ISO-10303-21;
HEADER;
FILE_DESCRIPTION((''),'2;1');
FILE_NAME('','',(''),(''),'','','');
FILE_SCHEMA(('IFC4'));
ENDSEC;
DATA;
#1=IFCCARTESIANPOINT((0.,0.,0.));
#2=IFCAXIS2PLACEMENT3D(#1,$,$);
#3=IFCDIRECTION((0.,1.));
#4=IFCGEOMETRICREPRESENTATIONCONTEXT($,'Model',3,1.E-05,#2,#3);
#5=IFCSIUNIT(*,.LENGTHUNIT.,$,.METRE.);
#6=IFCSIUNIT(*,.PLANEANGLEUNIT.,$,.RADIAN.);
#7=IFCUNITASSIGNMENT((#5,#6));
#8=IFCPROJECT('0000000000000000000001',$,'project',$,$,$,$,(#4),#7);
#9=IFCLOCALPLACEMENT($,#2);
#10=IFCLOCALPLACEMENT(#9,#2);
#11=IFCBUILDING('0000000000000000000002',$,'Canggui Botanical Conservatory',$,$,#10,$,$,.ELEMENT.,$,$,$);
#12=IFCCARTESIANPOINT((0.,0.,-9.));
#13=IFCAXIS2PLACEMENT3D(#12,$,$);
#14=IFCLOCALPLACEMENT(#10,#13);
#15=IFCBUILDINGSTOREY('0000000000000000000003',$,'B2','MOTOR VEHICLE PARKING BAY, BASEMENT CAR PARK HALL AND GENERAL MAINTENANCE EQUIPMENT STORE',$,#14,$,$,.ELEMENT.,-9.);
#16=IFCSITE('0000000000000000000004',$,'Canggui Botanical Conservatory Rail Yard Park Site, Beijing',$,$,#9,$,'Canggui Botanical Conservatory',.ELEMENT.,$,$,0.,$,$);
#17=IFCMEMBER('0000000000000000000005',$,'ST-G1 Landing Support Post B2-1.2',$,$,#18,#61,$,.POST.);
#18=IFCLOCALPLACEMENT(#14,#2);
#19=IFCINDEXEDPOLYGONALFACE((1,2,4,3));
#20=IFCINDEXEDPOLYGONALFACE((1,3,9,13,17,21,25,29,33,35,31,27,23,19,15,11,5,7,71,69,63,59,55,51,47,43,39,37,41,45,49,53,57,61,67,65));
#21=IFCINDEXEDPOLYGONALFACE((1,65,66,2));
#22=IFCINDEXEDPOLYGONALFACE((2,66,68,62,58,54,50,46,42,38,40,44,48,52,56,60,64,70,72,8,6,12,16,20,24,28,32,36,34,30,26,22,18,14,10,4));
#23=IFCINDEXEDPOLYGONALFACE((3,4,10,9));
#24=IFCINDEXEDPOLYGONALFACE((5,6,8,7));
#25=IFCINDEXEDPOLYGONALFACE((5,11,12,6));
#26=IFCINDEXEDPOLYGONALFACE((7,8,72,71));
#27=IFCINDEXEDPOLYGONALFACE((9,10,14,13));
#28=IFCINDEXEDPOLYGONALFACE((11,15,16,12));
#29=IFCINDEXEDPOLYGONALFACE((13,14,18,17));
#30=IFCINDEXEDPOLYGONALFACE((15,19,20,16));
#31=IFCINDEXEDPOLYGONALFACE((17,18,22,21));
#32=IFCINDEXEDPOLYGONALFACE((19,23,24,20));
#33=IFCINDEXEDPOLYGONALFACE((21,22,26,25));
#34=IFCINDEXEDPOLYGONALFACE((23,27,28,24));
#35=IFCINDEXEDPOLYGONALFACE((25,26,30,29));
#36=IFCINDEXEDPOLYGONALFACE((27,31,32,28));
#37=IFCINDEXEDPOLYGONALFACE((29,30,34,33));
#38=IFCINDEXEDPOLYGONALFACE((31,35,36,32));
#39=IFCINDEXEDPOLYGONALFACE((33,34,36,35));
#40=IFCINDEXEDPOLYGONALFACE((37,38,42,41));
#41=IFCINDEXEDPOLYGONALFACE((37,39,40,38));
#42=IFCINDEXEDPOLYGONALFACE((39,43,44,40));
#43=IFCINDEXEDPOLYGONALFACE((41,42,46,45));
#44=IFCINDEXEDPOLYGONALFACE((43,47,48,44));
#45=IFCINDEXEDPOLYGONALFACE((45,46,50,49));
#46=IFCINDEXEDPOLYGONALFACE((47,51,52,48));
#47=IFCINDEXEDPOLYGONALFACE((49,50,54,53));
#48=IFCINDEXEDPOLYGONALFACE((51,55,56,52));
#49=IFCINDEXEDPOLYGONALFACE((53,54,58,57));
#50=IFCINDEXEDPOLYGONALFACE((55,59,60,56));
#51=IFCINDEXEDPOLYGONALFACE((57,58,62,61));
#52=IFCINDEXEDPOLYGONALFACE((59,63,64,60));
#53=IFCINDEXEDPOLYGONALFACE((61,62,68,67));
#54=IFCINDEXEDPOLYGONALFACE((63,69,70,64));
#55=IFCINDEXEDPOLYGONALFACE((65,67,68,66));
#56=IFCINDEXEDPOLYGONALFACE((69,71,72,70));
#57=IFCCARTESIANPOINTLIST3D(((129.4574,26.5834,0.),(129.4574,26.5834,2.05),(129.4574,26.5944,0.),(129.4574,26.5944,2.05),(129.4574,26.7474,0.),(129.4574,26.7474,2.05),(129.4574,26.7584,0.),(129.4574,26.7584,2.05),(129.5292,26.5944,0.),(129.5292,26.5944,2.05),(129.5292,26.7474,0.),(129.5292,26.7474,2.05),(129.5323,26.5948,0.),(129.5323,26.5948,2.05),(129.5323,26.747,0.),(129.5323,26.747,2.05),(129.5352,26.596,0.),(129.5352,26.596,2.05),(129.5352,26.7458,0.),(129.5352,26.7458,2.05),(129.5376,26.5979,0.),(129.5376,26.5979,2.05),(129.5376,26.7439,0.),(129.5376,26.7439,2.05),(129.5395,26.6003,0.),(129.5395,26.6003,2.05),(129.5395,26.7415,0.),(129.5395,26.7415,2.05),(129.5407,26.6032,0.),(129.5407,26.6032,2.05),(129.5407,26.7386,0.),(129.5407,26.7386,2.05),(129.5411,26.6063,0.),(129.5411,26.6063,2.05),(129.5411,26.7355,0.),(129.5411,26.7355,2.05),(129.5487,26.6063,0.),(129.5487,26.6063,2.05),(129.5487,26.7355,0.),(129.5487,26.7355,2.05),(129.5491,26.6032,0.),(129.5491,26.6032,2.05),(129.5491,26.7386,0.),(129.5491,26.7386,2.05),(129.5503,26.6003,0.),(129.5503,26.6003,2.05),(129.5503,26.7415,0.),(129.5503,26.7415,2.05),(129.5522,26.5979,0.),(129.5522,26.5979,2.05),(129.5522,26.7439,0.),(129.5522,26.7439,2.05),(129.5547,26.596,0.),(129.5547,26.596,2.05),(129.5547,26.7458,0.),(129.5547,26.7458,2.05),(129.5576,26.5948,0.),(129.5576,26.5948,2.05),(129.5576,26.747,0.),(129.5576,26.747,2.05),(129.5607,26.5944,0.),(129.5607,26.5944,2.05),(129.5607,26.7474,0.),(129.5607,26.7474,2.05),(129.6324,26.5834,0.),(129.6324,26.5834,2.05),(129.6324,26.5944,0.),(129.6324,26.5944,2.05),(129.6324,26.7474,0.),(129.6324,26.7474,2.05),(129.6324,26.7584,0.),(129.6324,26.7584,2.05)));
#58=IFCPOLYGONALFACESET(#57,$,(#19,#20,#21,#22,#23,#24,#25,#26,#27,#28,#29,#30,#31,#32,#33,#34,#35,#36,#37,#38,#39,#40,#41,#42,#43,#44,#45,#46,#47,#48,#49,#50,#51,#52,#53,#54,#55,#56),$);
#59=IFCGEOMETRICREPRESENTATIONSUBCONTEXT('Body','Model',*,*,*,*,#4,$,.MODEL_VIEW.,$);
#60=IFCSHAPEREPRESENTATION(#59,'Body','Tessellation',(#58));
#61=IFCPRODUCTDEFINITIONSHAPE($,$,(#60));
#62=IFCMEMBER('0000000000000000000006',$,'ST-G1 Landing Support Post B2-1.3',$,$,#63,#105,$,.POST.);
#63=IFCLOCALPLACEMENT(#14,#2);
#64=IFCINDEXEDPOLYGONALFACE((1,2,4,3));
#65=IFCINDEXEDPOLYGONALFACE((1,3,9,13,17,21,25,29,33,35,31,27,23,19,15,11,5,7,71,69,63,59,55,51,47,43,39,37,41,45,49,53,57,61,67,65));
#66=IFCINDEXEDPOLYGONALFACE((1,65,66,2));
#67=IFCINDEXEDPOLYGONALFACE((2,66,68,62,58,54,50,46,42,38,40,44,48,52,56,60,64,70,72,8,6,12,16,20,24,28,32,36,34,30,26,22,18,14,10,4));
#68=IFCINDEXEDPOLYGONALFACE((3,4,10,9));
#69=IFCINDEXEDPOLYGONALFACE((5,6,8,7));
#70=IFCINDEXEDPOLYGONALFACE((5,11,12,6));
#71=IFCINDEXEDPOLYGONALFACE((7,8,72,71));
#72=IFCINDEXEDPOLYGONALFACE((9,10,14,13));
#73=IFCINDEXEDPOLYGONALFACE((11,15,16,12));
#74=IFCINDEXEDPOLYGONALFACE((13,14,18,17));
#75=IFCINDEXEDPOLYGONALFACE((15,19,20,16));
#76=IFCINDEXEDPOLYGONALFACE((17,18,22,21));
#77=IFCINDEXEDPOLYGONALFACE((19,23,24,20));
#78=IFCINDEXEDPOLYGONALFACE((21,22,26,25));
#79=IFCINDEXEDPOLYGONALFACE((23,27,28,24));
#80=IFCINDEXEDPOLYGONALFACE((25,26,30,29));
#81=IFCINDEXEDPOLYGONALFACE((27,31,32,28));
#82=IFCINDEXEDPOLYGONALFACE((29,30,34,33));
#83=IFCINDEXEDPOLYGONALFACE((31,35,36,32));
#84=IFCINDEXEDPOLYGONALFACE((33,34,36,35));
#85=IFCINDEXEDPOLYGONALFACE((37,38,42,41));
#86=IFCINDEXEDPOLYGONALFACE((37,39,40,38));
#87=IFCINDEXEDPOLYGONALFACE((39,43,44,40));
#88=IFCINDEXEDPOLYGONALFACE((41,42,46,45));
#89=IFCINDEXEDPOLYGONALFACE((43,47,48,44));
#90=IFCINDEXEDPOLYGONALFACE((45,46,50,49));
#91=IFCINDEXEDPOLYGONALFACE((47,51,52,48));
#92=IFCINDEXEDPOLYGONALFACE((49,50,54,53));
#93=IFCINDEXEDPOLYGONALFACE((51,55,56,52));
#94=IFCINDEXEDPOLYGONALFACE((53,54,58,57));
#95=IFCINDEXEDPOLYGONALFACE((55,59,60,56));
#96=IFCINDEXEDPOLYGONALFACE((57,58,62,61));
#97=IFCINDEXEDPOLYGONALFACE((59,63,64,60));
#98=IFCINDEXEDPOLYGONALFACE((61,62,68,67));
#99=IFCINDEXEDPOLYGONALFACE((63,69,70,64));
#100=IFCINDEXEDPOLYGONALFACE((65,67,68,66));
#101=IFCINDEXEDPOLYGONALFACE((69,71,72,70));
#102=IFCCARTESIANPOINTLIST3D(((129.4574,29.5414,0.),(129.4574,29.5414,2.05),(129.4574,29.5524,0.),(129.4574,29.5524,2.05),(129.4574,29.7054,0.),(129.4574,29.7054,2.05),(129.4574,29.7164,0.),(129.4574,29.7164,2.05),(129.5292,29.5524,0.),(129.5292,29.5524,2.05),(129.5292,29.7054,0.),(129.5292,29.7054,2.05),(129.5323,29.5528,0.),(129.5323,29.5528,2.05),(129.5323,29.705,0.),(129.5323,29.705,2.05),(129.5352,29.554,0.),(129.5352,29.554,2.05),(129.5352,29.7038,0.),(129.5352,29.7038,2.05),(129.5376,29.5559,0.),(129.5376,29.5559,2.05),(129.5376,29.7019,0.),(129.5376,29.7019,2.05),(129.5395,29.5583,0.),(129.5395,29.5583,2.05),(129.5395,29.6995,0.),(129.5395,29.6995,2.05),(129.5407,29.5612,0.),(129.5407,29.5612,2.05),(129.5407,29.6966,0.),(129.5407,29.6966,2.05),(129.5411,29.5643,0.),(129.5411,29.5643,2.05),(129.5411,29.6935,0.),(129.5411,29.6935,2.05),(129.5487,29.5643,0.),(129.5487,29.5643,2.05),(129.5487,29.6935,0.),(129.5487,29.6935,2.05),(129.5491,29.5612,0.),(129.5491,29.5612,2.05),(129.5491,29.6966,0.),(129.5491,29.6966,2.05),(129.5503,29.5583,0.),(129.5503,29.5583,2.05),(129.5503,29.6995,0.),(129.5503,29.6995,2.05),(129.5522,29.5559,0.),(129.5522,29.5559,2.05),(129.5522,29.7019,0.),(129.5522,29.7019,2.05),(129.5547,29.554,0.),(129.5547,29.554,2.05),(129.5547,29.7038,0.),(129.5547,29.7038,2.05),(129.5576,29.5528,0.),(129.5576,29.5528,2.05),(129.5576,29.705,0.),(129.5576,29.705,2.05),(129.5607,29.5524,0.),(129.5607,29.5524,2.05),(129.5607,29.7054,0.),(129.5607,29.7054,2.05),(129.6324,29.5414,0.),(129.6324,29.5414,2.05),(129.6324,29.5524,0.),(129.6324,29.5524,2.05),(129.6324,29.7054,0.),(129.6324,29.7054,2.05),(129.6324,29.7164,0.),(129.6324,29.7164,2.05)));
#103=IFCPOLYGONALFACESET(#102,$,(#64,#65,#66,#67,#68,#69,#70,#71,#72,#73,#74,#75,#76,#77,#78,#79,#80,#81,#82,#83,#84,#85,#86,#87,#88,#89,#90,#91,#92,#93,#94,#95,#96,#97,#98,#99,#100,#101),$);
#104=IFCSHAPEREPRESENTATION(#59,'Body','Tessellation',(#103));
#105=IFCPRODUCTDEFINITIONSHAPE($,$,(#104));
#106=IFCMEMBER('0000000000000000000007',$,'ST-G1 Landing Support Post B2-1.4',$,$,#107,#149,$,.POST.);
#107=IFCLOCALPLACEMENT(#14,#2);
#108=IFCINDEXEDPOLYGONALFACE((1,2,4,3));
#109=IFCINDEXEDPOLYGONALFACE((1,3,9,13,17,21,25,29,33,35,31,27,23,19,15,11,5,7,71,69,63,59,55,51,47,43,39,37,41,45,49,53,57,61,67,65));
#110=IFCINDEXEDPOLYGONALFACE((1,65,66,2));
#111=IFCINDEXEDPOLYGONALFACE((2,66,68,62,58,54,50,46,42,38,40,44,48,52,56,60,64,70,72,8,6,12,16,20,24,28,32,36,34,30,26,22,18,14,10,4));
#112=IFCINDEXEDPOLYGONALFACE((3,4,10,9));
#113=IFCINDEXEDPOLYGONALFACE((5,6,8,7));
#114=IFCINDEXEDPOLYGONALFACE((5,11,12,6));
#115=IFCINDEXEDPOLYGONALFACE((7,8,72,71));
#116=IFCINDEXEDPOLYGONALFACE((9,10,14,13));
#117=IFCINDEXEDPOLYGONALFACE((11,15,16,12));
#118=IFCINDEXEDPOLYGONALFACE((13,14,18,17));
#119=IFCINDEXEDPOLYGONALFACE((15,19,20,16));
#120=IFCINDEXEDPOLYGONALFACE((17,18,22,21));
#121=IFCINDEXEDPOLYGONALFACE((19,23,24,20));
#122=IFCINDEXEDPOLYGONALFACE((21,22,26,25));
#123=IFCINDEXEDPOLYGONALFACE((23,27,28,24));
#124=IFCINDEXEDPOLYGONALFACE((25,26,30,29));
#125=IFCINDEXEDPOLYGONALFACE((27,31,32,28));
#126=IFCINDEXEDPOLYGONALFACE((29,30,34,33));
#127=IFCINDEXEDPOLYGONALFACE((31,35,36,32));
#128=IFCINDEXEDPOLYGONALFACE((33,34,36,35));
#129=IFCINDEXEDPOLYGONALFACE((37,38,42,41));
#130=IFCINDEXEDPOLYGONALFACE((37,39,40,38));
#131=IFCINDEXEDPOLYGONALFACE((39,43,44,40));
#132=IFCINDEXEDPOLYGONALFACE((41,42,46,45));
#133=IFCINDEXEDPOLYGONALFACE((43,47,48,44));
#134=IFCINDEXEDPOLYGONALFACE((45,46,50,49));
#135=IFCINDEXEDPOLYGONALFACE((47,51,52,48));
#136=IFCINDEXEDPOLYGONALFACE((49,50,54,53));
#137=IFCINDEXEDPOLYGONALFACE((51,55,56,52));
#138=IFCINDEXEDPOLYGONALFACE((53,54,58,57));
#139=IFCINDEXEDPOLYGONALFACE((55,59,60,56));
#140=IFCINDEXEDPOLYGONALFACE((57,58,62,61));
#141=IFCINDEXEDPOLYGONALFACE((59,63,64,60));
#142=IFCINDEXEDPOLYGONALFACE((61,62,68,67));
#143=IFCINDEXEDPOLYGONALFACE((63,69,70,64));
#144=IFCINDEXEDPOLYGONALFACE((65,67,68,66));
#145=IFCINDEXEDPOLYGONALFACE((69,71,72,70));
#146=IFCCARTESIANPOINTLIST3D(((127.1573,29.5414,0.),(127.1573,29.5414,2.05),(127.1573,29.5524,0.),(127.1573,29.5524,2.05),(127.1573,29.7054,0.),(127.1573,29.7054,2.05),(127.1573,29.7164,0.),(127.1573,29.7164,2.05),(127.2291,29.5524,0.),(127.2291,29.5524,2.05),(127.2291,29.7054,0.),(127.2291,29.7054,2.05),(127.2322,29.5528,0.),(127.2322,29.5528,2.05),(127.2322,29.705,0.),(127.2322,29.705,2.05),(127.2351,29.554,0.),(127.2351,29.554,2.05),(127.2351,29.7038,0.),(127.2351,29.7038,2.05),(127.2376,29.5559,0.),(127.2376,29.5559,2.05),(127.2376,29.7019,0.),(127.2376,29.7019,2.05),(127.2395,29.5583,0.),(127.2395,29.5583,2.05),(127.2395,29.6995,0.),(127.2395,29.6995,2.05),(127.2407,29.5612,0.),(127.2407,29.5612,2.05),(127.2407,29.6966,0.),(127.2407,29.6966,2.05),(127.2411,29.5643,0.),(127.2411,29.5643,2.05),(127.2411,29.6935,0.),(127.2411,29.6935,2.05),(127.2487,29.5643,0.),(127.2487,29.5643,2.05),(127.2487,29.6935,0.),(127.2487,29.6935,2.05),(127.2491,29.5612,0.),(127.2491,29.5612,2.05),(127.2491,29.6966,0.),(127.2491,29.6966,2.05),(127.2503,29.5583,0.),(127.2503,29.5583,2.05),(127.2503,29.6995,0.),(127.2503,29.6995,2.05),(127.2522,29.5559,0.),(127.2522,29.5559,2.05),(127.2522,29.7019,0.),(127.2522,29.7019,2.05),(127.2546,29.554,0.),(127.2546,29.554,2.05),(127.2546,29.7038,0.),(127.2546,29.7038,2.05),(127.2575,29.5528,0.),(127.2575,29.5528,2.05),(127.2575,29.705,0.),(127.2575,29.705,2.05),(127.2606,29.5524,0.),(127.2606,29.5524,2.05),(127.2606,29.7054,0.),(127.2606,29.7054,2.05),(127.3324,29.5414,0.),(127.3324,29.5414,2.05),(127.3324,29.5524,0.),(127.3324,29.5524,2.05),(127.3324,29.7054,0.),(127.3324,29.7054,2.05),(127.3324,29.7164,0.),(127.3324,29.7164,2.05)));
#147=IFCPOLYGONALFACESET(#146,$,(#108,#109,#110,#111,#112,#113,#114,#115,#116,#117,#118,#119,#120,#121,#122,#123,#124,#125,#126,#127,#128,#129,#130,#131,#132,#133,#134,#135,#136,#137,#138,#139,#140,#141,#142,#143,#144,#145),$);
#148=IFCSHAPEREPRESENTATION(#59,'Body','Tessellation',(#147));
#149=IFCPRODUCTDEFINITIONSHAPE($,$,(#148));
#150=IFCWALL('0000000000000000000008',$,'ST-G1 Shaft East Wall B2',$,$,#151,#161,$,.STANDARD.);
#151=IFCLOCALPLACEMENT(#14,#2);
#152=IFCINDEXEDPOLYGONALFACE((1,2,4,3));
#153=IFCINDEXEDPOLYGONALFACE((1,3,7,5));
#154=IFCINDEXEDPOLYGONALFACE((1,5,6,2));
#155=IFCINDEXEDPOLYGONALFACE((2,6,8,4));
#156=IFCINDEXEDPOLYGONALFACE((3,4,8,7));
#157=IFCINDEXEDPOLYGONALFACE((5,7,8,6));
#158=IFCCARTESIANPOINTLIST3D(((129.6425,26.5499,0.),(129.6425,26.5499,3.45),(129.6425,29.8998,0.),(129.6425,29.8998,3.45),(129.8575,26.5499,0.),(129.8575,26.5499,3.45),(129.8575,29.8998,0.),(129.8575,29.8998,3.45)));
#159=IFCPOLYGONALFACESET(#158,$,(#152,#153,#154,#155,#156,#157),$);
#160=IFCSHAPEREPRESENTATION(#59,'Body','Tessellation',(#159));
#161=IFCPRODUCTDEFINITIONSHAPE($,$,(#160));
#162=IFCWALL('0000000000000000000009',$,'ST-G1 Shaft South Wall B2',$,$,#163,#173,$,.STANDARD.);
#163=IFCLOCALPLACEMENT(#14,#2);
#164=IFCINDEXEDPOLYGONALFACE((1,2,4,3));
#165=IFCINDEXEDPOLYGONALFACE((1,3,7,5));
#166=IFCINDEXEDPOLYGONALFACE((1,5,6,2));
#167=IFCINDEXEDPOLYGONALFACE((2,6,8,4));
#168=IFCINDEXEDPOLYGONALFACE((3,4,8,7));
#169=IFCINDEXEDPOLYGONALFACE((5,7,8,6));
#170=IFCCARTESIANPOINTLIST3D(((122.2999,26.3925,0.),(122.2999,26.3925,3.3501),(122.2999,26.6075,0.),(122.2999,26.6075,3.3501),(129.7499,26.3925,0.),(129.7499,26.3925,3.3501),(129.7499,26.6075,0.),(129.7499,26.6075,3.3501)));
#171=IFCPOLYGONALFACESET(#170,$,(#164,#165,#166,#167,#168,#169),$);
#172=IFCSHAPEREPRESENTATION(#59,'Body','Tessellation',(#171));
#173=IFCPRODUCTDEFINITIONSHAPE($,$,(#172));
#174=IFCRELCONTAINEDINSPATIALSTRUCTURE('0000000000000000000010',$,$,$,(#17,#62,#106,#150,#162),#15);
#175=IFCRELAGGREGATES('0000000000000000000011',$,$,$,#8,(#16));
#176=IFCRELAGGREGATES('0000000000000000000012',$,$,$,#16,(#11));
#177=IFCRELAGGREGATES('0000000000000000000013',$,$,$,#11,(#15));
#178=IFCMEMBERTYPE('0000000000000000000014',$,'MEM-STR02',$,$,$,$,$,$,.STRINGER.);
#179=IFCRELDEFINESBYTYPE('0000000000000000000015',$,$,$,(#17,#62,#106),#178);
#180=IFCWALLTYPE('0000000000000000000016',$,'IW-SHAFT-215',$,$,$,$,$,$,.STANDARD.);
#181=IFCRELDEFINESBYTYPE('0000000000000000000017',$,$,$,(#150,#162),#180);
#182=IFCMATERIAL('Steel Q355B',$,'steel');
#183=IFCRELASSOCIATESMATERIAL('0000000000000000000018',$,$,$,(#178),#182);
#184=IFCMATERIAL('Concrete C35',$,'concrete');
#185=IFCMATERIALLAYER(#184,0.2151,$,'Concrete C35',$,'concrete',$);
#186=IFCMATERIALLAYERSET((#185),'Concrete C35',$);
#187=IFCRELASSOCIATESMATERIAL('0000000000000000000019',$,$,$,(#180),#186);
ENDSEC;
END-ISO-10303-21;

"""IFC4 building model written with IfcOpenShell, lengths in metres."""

from ifc_helpers import new_model, si_unit, direction, frame, frame_2d, origin, origin_2d, place, context, subcontext, project, spatial, rectangle, i_section, extrude, material, layer, layer_set, material_profile, profile_set, type_object, element, save


model = new_model("IFC4")

# Units and contexts
model_context = context("Model", 3, precision=1e-05, world=origin(), true_north=direction((0.0, 1.0)))
body_context = subcontext(model_context, "Body", "Model", "MODEL_VIEW")
ifc_project = project(units=[si_unit("LENGTHUNIT", "METRE"), si_unit("PLANEANGLEUNIT", "RADIAN")], contexts=[model_context])

# Site, building, storey
site_placement = place(None, origin())
site = spatial("IfcSite", under=ifc_project, at=site_placement, Name="Canggui Botanical Conservatory Rail Yard Park Site, Beijing", LongName="Canggui Botanical Conservatory", CompositionType="ELEMENT", RefElevation=0.0)
building_placement = place(site_placement, origin())
building = spatial("IfcBuilding", under=site, at=building_placement, Name="Canggui Botanical Conservatory", CompositionType="ELEMENT")
storey_placement = place(building_placement, frame((0.0, 0.0, -9.0)))
storey = spatial("IfcBuildingStorey", under=building, at=storey_placement, Name="B2", Description="MOTOR VEHICLE PARKING BAY, BASEMENT CAR PARK HALL AND GENERAL MAINTENANCE EQUIPMENT STORE", CompositionType="ELEMENT", Elevation=-9.0)

# Shared definitions
ifc_material_1 = material(Name="Concrete C35", Category="concrete")

# Members
ifc_material_2 = material(Name="Steel Q355B", Category="steel")
ifc_material_profile_1 = material_profile(ifc_material_2, i_section(OverallWidth=0.175, OverallDepth=0.175, WebThickness=0.0076, FlangeThickness=0.011, FilletRadius=0.012, at=origin_2d()), Name="HW 175x175x7.5x11")
ifc_profile_set_1 = profile_set([ifc_material_profile_1], Name="Steel Q355B")
member_type = type_object("IfcMemberType", Name="MEM-STR02", PredefinedType="STRINGER", material=ifc_profile_set_1)
for number, where, z_axis, x_axis, name in (
    (1, (129.5449, 26.6709, 0.0), (0.0, 0.0, 1.0), (1.0, 0.0, 0.0), "ST-G1 Landing Support Post B2-1.2"),
    (2, (129.5449, 29.6289, 0.0), (0.0, 0.0, 1.0), (1.0, 0.0, 0.0), "ST-G1 Landing Support Post B2-1.3"),
    (3, (127.2449, 29.6289, 0.0), (0.0, 0.0, 1.0), (1.0, 0.0, 0.0), "ST-G1 Landing Support Post B2-1.4"),
):
    element("IfcMember", number, at=place(storey_placement, frame(where, z_axis=z_axis, x_axis=x_axis)), inside=storey, type_object=member_type, Name=name, PredefinedType="POST", context=body_context, shape_type="SweptSolid", body=[
        extrude(i_section(OverallWidth=0.175, OverallDepth=0.175, WebThickness=0.0076, FlangeThickness=0.011, FilletRadius=0.012, at=origin_2d()), origin(), (0.0, 0.0, 1.0), 2.05),
    ])

# Walls
ifc_layer = layer(ifc_material_1, 0.2151, Name="Concrete C35", Category="concrete")
ifc_layer_set = layer_set([ifc_layer], Name="Concrete C35")
wall_type = type_object("IfcWallType", Name="IW-SHAFT-215", PredefinedType="STANDARD", material=ifc_layer_set)
wall_1_placement = place(storey_placement, frame((129.75, 26.55, 0.0), z_axis=(0.0, 0.0, 1.0), x_axis=(0.0, 1.0, 0.0)))
element("IfcWall", 4, at=wall_1_placement, inside=storey, type_object=wall_type, Name="ST-G1 Shaft East Wall B2", PredefinedType="STANDARD", context=body_context, shape_type="SweptSolid", body=[
    extrude(rectangle(XDim=3.3499, YDim=0.2151, at=frame_2d((1.6748, 0.0))), origin(), (0.0, 0.0, 1.0), 3.45),
])
wall_2_placement = place(storey_placement, frame((129.75, 26.5, 0.0), z_axis=(0.0, 0.0, 1.0), x_axis=(-1.0, 0.0, 0.0)))
element("IfcWall", 5, at=wall_2_placement, inside=storey, type_object=wall_type, Name="ST-G1 Shaft South Wall B2", PredefinedType="STANDARD", context=body_context, shape_type="SweptSolid", body=[
    extrude(rectangle(XDim=7.45, YDim=0.2151, at=frame_2d((3.7251, 0.0))), origin(), (0.0, 0.0, 1.0), 3.3501),
])

save(model, "model.ifc")
